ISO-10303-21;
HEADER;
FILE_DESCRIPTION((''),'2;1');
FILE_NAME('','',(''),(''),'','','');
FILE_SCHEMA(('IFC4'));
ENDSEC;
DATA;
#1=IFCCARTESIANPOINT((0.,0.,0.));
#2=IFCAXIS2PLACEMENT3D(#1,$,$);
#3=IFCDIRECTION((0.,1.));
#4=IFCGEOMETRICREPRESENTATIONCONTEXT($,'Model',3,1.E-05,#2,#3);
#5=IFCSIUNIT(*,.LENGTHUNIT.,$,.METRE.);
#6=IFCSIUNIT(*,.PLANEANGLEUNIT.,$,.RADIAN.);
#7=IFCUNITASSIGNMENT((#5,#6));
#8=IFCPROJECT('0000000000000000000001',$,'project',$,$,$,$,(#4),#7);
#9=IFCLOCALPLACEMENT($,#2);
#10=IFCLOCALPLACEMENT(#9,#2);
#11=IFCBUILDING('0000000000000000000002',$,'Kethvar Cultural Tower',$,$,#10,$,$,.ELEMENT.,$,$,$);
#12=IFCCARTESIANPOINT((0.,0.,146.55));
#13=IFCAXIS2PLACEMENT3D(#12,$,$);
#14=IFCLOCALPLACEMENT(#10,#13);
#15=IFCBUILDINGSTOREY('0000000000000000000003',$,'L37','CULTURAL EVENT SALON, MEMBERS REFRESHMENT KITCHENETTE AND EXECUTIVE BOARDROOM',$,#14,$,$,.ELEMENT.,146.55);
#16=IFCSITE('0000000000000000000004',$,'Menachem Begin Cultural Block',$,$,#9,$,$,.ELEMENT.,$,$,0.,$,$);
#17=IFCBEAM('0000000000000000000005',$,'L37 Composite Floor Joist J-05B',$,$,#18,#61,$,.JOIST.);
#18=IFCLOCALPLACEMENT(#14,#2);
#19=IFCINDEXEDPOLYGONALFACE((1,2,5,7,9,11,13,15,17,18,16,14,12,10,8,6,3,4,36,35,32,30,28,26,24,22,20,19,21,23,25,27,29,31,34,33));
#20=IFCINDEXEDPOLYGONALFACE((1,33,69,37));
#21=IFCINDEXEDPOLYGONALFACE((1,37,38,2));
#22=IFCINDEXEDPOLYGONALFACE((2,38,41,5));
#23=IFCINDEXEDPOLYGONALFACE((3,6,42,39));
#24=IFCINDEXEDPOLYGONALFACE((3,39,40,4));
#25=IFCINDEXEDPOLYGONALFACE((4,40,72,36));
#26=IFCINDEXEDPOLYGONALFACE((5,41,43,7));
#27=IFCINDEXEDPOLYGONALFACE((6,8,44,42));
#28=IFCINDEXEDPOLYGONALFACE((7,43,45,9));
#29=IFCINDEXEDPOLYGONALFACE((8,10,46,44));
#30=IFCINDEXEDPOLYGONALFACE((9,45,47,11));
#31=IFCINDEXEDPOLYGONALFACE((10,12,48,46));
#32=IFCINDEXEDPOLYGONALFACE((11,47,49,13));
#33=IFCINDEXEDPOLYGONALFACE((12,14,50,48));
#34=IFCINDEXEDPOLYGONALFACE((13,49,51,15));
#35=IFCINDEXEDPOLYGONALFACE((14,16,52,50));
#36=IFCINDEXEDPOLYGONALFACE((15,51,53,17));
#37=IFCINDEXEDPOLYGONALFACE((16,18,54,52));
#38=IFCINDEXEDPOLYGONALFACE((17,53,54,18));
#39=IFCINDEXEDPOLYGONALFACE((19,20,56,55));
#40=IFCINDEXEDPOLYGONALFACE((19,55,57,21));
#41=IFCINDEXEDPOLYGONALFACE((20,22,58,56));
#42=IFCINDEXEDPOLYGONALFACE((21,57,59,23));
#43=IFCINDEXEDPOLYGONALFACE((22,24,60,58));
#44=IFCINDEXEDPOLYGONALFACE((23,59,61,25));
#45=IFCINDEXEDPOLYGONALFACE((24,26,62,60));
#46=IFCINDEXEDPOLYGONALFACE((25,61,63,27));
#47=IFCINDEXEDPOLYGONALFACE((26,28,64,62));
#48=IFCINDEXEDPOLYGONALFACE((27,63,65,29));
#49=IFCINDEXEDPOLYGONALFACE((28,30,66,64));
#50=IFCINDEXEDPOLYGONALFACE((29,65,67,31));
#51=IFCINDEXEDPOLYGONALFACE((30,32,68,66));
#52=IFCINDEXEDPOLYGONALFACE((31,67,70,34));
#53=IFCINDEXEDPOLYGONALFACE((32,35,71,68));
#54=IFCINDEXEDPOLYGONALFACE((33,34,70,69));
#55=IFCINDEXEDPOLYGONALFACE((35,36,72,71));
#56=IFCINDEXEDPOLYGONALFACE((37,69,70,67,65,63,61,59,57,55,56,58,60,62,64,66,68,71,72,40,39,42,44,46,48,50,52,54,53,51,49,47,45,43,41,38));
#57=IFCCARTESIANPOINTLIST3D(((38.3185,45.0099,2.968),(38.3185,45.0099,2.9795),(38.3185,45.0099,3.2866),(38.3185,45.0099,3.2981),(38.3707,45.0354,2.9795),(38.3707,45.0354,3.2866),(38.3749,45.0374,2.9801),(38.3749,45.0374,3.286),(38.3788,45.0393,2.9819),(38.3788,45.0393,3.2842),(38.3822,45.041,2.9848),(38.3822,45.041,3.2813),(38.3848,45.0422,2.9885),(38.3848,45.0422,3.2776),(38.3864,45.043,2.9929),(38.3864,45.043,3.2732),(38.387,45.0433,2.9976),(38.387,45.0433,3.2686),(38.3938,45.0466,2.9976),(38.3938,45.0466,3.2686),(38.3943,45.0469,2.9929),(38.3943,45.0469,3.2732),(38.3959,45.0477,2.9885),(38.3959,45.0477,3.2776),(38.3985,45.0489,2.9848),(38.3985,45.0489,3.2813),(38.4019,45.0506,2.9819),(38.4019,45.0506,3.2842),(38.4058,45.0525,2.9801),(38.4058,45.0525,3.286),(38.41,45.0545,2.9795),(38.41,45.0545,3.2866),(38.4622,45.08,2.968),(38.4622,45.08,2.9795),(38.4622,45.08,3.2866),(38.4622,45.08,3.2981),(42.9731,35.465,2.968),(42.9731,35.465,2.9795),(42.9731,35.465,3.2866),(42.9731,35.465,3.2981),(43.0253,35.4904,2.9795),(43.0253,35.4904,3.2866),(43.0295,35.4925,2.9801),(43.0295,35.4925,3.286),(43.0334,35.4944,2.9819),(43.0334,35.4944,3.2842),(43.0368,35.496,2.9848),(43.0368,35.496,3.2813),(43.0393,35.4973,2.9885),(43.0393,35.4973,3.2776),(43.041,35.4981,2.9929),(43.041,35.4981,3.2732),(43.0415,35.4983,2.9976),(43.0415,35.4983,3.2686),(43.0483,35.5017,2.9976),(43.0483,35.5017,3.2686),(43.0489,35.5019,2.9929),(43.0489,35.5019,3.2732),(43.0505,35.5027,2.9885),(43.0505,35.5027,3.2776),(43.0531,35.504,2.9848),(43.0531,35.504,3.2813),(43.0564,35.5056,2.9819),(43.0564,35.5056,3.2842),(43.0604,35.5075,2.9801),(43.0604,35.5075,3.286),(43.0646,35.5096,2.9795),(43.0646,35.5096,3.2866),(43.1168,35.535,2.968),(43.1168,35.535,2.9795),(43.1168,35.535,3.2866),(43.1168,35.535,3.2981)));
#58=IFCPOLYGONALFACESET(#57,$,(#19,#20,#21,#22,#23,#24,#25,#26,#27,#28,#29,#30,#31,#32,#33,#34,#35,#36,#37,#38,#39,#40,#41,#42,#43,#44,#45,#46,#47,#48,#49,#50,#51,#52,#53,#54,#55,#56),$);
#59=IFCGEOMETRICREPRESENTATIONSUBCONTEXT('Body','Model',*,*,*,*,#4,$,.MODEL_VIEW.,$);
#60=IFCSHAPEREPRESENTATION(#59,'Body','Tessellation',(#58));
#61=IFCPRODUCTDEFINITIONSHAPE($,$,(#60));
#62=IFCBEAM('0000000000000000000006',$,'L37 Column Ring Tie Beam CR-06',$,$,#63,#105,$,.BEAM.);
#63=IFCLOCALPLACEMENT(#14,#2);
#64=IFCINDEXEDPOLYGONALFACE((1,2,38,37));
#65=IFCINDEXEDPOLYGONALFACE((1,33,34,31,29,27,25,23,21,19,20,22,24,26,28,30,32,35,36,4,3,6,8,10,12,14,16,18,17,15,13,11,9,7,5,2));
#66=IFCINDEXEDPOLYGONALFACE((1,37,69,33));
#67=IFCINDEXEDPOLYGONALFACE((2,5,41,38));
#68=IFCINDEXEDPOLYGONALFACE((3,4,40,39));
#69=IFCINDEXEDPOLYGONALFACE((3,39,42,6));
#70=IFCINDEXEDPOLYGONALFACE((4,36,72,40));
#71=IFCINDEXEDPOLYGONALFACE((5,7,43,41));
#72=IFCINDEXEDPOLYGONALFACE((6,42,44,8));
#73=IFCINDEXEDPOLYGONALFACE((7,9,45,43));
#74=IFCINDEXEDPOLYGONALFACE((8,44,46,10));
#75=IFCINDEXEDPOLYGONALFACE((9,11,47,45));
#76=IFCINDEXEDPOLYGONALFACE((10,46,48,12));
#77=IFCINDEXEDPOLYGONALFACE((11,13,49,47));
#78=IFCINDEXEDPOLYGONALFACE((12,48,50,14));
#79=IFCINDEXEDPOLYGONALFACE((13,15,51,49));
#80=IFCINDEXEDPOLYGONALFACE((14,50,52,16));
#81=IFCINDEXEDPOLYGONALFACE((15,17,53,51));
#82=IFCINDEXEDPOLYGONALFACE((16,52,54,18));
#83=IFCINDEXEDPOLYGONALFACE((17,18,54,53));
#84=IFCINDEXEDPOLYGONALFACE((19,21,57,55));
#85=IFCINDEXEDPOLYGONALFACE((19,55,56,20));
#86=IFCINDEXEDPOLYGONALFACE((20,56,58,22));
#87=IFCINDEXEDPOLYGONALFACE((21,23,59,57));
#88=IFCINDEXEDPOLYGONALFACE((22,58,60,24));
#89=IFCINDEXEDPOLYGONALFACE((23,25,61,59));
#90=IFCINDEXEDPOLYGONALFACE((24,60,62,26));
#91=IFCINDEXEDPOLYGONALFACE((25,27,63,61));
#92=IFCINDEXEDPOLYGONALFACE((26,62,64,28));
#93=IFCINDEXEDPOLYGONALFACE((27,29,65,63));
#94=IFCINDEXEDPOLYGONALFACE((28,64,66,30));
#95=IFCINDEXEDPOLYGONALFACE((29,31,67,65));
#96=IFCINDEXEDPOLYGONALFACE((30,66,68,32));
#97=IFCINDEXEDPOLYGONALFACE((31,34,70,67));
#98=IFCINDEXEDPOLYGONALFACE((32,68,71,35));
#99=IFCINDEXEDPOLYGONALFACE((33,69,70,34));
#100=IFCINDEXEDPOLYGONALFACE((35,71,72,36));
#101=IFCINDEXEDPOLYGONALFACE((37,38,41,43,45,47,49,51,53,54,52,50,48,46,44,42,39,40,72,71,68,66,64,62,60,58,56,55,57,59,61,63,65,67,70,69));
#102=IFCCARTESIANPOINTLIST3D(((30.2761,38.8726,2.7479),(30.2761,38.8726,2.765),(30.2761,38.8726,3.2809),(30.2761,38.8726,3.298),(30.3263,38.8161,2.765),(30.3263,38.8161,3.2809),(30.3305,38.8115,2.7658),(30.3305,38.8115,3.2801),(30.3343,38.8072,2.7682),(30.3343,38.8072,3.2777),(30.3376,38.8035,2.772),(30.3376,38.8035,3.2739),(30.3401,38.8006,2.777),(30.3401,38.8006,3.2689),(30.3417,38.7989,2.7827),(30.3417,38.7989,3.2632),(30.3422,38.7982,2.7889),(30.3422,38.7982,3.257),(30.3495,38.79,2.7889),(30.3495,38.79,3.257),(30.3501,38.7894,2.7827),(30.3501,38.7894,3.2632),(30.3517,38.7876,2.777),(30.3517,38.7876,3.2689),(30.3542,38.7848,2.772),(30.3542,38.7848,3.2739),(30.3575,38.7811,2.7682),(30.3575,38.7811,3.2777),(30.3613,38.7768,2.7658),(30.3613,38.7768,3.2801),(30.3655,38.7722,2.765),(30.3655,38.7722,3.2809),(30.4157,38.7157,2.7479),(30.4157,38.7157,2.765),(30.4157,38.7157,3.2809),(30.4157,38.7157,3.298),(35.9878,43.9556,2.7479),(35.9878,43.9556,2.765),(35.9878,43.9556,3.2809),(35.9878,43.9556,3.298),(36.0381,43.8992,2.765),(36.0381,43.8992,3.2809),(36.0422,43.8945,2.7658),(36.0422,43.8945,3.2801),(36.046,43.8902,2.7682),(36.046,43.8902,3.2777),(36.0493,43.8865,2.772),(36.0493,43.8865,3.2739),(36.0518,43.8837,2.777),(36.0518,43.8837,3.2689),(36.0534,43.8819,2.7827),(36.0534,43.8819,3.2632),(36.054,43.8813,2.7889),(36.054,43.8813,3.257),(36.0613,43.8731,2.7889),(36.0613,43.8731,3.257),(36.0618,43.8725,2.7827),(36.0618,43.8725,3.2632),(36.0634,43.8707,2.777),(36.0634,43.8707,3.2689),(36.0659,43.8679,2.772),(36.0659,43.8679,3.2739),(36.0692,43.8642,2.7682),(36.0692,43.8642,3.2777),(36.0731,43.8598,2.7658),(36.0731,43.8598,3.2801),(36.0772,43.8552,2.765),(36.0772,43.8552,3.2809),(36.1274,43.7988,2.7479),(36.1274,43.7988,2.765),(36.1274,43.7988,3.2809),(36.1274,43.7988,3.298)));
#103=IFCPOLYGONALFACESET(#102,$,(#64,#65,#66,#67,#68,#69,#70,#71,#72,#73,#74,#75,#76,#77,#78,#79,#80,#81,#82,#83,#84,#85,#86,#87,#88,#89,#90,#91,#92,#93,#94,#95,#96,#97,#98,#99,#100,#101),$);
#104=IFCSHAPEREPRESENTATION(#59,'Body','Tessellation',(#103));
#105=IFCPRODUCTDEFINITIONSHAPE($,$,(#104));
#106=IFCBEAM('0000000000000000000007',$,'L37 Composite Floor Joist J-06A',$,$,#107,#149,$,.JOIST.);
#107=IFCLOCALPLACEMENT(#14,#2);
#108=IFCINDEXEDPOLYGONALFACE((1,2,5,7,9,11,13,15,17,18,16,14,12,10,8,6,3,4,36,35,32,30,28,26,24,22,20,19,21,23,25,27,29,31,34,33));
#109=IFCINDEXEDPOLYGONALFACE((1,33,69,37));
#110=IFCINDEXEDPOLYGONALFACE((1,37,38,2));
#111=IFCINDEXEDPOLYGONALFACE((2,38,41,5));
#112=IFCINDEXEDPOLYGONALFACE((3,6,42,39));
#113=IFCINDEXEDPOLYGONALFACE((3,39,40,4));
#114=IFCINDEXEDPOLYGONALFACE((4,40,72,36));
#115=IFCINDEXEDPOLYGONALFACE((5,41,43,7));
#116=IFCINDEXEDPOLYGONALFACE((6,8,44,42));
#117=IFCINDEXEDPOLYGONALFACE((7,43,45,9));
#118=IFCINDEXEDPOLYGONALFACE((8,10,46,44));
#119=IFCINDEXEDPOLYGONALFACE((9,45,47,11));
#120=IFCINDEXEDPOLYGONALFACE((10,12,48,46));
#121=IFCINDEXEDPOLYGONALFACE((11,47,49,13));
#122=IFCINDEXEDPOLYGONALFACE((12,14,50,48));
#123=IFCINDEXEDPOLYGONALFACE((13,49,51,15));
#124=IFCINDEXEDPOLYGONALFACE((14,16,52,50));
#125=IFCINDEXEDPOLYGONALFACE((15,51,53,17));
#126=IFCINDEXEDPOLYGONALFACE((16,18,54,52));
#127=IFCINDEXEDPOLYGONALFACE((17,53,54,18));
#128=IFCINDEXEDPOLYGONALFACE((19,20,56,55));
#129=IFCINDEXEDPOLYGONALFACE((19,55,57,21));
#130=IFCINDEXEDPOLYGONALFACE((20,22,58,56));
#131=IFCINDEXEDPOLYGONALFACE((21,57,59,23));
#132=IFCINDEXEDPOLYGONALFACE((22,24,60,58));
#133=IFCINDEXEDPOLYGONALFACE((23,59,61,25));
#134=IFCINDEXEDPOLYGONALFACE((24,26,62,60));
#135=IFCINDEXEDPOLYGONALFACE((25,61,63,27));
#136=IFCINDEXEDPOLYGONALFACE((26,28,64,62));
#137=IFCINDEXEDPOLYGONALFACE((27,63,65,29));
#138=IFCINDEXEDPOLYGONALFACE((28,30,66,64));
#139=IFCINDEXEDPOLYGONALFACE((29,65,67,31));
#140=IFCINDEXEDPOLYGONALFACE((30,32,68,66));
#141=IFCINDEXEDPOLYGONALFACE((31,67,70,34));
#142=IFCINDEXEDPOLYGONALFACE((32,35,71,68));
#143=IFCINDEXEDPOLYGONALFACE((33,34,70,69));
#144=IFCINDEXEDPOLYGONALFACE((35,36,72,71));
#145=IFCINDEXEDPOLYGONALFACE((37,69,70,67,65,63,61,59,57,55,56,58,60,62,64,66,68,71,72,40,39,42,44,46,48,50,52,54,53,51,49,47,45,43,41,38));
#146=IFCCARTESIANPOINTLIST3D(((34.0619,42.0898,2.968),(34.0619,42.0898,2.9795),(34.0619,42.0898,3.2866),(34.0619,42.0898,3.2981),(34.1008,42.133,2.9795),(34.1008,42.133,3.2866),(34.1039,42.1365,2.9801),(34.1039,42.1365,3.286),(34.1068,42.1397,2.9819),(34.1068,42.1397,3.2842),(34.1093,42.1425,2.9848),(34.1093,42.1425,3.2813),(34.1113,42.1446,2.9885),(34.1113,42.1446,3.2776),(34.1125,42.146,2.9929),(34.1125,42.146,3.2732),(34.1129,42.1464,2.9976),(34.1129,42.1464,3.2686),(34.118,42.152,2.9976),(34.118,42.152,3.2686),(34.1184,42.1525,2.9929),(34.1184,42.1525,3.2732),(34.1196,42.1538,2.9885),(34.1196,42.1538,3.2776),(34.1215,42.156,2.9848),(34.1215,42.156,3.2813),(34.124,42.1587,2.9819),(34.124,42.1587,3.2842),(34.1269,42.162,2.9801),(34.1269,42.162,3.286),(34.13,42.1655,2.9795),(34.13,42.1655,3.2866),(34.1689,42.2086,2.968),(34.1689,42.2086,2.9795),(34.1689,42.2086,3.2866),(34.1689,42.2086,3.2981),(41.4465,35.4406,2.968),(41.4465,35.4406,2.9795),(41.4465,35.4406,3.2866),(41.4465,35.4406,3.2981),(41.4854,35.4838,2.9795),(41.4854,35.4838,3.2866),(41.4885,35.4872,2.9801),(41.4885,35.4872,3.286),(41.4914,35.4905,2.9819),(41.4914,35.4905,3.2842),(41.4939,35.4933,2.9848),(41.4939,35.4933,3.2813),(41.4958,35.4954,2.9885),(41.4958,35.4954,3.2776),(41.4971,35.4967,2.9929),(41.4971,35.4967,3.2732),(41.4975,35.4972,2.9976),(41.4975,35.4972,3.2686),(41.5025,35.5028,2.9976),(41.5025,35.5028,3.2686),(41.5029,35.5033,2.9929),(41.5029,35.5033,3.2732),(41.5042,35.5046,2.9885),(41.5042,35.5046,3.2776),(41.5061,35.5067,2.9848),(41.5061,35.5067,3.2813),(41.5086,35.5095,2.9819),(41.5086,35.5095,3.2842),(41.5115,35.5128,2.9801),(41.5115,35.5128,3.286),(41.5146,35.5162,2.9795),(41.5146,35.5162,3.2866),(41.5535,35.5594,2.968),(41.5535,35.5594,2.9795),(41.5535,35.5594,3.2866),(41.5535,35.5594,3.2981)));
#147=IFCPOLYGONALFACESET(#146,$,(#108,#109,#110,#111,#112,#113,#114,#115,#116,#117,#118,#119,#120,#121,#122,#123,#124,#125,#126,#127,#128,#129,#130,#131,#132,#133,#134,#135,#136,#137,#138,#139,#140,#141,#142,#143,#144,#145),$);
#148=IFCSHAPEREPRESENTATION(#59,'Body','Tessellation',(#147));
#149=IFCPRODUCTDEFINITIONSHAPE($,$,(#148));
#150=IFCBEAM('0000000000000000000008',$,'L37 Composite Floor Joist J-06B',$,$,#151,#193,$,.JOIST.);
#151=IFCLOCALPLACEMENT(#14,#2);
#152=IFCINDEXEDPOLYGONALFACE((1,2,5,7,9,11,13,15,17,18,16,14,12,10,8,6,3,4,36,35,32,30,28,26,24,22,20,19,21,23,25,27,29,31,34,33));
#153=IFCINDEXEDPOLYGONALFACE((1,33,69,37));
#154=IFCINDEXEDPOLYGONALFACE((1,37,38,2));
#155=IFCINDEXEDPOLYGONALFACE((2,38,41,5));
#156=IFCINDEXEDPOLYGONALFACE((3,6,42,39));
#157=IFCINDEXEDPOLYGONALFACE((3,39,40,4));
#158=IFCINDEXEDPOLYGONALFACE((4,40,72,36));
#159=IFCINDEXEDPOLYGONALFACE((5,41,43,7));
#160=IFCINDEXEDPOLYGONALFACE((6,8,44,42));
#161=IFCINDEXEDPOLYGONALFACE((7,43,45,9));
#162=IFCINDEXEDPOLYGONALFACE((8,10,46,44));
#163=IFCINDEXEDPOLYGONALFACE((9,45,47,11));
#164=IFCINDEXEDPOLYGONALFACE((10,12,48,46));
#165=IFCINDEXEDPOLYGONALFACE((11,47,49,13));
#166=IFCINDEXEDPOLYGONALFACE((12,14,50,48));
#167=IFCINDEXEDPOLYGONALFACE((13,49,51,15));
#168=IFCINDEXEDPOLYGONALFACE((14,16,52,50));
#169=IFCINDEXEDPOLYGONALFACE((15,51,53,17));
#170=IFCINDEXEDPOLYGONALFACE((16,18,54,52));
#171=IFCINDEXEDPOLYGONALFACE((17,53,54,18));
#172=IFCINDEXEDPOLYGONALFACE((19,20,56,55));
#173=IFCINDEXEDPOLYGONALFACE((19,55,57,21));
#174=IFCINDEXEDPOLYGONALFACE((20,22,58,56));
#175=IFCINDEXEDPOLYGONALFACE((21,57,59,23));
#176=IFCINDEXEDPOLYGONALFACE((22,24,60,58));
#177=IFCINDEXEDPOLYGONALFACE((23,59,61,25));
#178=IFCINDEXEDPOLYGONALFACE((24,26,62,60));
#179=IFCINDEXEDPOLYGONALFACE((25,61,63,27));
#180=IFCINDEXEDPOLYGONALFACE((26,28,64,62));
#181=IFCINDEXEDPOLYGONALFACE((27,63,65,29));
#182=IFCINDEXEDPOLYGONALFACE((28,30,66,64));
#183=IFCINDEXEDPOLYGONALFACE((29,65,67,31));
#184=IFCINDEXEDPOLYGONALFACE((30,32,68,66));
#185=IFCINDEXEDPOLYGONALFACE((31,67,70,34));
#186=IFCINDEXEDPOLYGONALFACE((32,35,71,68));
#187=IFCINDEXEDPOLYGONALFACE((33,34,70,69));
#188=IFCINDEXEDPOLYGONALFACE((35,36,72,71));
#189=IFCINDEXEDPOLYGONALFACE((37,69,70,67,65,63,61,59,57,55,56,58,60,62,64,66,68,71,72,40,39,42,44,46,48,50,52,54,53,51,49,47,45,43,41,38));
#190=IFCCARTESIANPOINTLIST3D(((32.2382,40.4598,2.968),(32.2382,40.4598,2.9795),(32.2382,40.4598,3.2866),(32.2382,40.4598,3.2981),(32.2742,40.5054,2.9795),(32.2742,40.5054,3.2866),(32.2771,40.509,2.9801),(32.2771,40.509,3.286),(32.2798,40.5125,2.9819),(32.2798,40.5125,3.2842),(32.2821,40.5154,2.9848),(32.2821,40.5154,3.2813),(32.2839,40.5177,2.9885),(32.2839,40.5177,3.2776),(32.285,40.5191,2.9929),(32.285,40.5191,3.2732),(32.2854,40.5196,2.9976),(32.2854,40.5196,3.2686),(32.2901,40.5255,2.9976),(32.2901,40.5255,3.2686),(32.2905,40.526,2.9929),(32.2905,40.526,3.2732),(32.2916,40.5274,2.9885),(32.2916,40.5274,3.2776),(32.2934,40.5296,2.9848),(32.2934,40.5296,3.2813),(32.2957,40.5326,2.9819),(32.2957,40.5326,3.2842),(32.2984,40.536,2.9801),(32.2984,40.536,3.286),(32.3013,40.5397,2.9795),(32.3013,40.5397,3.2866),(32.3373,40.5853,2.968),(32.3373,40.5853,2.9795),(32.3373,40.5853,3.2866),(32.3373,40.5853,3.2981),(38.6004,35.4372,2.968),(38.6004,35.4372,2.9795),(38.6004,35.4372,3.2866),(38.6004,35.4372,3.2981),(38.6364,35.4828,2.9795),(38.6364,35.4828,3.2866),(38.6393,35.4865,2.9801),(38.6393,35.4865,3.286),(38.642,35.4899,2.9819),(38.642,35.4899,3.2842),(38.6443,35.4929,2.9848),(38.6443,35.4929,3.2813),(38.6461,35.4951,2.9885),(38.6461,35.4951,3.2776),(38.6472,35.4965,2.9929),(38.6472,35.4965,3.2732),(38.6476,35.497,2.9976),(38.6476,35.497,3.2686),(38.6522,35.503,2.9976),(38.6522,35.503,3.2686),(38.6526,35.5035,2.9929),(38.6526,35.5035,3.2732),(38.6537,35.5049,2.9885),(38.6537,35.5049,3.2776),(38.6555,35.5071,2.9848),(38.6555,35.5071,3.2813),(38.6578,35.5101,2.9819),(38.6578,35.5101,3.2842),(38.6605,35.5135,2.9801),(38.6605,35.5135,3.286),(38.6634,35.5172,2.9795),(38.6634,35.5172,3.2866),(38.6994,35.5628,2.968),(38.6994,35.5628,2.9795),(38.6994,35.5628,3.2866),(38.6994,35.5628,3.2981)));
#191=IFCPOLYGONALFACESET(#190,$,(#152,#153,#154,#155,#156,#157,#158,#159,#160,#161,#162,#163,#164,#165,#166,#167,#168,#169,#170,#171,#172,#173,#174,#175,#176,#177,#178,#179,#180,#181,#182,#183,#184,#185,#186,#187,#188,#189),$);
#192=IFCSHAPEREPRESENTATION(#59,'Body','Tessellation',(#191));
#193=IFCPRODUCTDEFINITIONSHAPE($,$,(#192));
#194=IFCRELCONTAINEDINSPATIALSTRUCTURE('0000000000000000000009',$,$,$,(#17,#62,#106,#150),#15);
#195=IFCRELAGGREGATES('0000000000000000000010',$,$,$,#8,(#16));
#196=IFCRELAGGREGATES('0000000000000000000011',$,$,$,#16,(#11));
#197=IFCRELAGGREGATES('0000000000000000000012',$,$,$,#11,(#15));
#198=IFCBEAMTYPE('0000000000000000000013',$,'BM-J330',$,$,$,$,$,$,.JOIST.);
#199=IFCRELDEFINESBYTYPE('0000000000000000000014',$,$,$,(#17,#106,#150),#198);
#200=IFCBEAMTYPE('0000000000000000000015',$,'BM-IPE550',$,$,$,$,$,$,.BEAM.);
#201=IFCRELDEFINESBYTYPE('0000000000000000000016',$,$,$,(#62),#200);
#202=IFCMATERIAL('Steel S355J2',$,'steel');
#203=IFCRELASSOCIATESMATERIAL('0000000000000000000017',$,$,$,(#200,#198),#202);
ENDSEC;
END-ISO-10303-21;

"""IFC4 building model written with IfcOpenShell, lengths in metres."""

from ifc_helpers import new_model, si_unit, direction, frame, origin, origin_2d, place, context, subcontext, project, spatial, i_section, extrude, source, transform, mapped, material, material_profile, profile_set, type_object, element, save


model = new_model("IFC4")

# Units and contexts
model_context = context("Model", 3, precision=1e-05, world=origin(), true_north=direction((0.0, 1.0)))
body_context = subcontext(model_context, "Body", "Model", "MODEL_VIEW")
ifc_project = project(units=[si_unit("LENGTHUNIT", "METRE"), si_unit("PLANEANGLEUNIT", "RADIAN")], contexts=[model_context])

# Site, building, storey
site_placement = place(None, origin())
site = spatial("IfcSite", under=ifc_project, at=site_placement, Name="Menachem Begin Cultural Block", CompositionType="ELEMENT", RefElevation=0.0)
building_placement = place(site_placement, origin())
building = spatial("IfcBuilding", under=site, at=building_placement, Name="Kethvar Cultural Tower", CompositionType="ELEMENT")
storey_placement = place(building_placement, frame((0.0, 0.0, 146.55)))
storey = spatial("IfcBuildingStorey", under=building, at=storey_placement, Name="L37", Description="CULTURAL EVENT SALON, MEMBERS REFRESHMENT KITCHENETTE AND EXECUTIVE BOARDROOM", CompositionType="ELEMENT", Elevation=146.55)

# Beams
ifc_material_1 = material(Name="Steel S355J2", Category="steel")
ifc_material_profile_1 = material_profile(ifc_material_1, i_section(OverallWidth=0.21, OverallDepth=0.55, WebThickness=0.011, FlangeThickness=0.0171, FilletRadius=0.0239, at=origin_2d()), Name="Steel S355J2 — IPE550")
ifc_profile_set_1 = profile_set([ifc_material_profile_1], Name="Steel S355J2 — IPE550")
beam_type_1 = type_object("IfcBeamType", Name="BM-IPE550", PredefinedType="BEAM", material=ifc_profile_set_1)
ifc_material_profile_2 = material_profile(ifc_material_1, i_section(OverallWidth=0.1599, OverallDepth=0.3301, WebThickness=0.0076, FlangeThickness=0.0115, FilletRadius=0.0181, at=origin_2d()), Name="Steel S355J2 — IPE330")
ifc_profile_set_2 = profile_set([ifc_material_profile_2], Name="Steel S355J2 — IPE330")
beam_type_2 = type_object("IfcBeamType", Name="BM-J330", PredefinedType="JOIST", material=ifc_profile_set_2)
shared_shape_1 = source(origin(), body_context, "Body", "SweptSolid", [
    extrude(i_section(OverallWidth=0.1599, OverallDepth=0.3301, WebThickness=0.0076, FlangeThickness=0.0115, FilletRadius=0.0181, at=origin_2d()), origin(), (0.0, 0.0, 1.0), 10.6194),
])
beam_1_placement = place(storey_placement, frame((43.0449, 35.5, 3.1331), z_axis=(-0.438308, 0.898825, 0.0), x_axis=(-0.898825, -0.438308, 0.0)))
element("IfcBeam", 1, at=beam_1_placement, inside=storey, type_object=beam_type_2, Name="L37 Composite Floor Joist J-05B", PredefinedType="JOIST", context=body_context, shape_type="MappedRepresentation", body=[
    mapped(shared_shape_1, transform((0.0, 0.0, 0.0), scale=1.0)),
])
shared_shape_2 = source(origin(), body_context, "Body", "SweptSolid", [
    extrude(i_section(OverallWidth=0.21, OverallDepth=0.55, WebThickness=0.011, FlangeThickness=0.0171, FilletRadius=0.0239, at=origin_2d()), origin(), (0.0, 0.0, 1.0), 7.646),
])
beam_2_placement = place(storey_placement, frame((36.0576, 43.8772, 3.0229), z_axis=(-0.747022, -0.6648, 0.0), x_axis=(0.6648, -0.747022, 0.0)))
element("IfcBeam", 2, at=beam_2_placement, inside=storey, type_object=beam_type_1, Name="L37 Column Ring Tie Beam CR-06", PredefinedType="BEAM", context=body_context, shape_type="MappedRepresentation", body=[
    mapped(shared_shape_2, transform((0.0, 0.0, 0.0), scale=1.0)),
])
shared_shape_3 = source(origin(), body_context, "Body", "SweptSolid", [
    extrude(i_section(OverallWidth=0.1599, OverallDepth=0.3301, WebThickness=0.0076, FlangeThickness=0.0115, FilletRadius=0.0181, at=origin_2d()), origin(), (0.0, 0.0, 1.0), 9.937),
])
beam_3_placement = place(storey_placement, frame((41.5, 35.5, 3.1331), z_axis=(-0.743139, 0.669137, 0.0), x_axis=(-0.669137, -0.743139, 0.0)))
element("IfcBeam", 3, at=beam_3_placement, inside=storey, type_object=beam_type_2, Name="L37 Composite Floor Joist J-06A", PredefinedType="JOIST", context=body_context, shape_type="MappedRepresentation", body=[
    mapped(shared_shape_3, transform((0.0, 0.0, 0.0), scale=1.0)),
])
shared_shape_4 = source(origin(), body_context, "Body", "SweptSolid", [
    extrude(i_section(OverallWidth=0.1599, OverallDepth=0.3301, WebThickness=0.0076, FlangeThickness=0.0115, FilletRadius=0.0181, at=origin_2d()), origin(), (0.0, 0.0, 1.0), 8.1057),
])
beam_4_placement = place(storey_placement, frame((38.6499, 35.5, 3.1331), z_axis=(-0.784896, 0.619628, 0.0), x_axis=(-0.619628, -0.784896, 0.0)))
element("IfcBeam", 4, at=beam_4_placement, inside=storey, type_object=beam_type_2, Name="L37 Composite Floor Joist J-06B", PredefinedType="JOIST", context=body_context, shape_type="MappedRepresentation", body=[
    mapped(shared_shape_4, transform((0.0, 0.0, 0.0), scale=1.0)),
])

save(model, "model.ifc")
